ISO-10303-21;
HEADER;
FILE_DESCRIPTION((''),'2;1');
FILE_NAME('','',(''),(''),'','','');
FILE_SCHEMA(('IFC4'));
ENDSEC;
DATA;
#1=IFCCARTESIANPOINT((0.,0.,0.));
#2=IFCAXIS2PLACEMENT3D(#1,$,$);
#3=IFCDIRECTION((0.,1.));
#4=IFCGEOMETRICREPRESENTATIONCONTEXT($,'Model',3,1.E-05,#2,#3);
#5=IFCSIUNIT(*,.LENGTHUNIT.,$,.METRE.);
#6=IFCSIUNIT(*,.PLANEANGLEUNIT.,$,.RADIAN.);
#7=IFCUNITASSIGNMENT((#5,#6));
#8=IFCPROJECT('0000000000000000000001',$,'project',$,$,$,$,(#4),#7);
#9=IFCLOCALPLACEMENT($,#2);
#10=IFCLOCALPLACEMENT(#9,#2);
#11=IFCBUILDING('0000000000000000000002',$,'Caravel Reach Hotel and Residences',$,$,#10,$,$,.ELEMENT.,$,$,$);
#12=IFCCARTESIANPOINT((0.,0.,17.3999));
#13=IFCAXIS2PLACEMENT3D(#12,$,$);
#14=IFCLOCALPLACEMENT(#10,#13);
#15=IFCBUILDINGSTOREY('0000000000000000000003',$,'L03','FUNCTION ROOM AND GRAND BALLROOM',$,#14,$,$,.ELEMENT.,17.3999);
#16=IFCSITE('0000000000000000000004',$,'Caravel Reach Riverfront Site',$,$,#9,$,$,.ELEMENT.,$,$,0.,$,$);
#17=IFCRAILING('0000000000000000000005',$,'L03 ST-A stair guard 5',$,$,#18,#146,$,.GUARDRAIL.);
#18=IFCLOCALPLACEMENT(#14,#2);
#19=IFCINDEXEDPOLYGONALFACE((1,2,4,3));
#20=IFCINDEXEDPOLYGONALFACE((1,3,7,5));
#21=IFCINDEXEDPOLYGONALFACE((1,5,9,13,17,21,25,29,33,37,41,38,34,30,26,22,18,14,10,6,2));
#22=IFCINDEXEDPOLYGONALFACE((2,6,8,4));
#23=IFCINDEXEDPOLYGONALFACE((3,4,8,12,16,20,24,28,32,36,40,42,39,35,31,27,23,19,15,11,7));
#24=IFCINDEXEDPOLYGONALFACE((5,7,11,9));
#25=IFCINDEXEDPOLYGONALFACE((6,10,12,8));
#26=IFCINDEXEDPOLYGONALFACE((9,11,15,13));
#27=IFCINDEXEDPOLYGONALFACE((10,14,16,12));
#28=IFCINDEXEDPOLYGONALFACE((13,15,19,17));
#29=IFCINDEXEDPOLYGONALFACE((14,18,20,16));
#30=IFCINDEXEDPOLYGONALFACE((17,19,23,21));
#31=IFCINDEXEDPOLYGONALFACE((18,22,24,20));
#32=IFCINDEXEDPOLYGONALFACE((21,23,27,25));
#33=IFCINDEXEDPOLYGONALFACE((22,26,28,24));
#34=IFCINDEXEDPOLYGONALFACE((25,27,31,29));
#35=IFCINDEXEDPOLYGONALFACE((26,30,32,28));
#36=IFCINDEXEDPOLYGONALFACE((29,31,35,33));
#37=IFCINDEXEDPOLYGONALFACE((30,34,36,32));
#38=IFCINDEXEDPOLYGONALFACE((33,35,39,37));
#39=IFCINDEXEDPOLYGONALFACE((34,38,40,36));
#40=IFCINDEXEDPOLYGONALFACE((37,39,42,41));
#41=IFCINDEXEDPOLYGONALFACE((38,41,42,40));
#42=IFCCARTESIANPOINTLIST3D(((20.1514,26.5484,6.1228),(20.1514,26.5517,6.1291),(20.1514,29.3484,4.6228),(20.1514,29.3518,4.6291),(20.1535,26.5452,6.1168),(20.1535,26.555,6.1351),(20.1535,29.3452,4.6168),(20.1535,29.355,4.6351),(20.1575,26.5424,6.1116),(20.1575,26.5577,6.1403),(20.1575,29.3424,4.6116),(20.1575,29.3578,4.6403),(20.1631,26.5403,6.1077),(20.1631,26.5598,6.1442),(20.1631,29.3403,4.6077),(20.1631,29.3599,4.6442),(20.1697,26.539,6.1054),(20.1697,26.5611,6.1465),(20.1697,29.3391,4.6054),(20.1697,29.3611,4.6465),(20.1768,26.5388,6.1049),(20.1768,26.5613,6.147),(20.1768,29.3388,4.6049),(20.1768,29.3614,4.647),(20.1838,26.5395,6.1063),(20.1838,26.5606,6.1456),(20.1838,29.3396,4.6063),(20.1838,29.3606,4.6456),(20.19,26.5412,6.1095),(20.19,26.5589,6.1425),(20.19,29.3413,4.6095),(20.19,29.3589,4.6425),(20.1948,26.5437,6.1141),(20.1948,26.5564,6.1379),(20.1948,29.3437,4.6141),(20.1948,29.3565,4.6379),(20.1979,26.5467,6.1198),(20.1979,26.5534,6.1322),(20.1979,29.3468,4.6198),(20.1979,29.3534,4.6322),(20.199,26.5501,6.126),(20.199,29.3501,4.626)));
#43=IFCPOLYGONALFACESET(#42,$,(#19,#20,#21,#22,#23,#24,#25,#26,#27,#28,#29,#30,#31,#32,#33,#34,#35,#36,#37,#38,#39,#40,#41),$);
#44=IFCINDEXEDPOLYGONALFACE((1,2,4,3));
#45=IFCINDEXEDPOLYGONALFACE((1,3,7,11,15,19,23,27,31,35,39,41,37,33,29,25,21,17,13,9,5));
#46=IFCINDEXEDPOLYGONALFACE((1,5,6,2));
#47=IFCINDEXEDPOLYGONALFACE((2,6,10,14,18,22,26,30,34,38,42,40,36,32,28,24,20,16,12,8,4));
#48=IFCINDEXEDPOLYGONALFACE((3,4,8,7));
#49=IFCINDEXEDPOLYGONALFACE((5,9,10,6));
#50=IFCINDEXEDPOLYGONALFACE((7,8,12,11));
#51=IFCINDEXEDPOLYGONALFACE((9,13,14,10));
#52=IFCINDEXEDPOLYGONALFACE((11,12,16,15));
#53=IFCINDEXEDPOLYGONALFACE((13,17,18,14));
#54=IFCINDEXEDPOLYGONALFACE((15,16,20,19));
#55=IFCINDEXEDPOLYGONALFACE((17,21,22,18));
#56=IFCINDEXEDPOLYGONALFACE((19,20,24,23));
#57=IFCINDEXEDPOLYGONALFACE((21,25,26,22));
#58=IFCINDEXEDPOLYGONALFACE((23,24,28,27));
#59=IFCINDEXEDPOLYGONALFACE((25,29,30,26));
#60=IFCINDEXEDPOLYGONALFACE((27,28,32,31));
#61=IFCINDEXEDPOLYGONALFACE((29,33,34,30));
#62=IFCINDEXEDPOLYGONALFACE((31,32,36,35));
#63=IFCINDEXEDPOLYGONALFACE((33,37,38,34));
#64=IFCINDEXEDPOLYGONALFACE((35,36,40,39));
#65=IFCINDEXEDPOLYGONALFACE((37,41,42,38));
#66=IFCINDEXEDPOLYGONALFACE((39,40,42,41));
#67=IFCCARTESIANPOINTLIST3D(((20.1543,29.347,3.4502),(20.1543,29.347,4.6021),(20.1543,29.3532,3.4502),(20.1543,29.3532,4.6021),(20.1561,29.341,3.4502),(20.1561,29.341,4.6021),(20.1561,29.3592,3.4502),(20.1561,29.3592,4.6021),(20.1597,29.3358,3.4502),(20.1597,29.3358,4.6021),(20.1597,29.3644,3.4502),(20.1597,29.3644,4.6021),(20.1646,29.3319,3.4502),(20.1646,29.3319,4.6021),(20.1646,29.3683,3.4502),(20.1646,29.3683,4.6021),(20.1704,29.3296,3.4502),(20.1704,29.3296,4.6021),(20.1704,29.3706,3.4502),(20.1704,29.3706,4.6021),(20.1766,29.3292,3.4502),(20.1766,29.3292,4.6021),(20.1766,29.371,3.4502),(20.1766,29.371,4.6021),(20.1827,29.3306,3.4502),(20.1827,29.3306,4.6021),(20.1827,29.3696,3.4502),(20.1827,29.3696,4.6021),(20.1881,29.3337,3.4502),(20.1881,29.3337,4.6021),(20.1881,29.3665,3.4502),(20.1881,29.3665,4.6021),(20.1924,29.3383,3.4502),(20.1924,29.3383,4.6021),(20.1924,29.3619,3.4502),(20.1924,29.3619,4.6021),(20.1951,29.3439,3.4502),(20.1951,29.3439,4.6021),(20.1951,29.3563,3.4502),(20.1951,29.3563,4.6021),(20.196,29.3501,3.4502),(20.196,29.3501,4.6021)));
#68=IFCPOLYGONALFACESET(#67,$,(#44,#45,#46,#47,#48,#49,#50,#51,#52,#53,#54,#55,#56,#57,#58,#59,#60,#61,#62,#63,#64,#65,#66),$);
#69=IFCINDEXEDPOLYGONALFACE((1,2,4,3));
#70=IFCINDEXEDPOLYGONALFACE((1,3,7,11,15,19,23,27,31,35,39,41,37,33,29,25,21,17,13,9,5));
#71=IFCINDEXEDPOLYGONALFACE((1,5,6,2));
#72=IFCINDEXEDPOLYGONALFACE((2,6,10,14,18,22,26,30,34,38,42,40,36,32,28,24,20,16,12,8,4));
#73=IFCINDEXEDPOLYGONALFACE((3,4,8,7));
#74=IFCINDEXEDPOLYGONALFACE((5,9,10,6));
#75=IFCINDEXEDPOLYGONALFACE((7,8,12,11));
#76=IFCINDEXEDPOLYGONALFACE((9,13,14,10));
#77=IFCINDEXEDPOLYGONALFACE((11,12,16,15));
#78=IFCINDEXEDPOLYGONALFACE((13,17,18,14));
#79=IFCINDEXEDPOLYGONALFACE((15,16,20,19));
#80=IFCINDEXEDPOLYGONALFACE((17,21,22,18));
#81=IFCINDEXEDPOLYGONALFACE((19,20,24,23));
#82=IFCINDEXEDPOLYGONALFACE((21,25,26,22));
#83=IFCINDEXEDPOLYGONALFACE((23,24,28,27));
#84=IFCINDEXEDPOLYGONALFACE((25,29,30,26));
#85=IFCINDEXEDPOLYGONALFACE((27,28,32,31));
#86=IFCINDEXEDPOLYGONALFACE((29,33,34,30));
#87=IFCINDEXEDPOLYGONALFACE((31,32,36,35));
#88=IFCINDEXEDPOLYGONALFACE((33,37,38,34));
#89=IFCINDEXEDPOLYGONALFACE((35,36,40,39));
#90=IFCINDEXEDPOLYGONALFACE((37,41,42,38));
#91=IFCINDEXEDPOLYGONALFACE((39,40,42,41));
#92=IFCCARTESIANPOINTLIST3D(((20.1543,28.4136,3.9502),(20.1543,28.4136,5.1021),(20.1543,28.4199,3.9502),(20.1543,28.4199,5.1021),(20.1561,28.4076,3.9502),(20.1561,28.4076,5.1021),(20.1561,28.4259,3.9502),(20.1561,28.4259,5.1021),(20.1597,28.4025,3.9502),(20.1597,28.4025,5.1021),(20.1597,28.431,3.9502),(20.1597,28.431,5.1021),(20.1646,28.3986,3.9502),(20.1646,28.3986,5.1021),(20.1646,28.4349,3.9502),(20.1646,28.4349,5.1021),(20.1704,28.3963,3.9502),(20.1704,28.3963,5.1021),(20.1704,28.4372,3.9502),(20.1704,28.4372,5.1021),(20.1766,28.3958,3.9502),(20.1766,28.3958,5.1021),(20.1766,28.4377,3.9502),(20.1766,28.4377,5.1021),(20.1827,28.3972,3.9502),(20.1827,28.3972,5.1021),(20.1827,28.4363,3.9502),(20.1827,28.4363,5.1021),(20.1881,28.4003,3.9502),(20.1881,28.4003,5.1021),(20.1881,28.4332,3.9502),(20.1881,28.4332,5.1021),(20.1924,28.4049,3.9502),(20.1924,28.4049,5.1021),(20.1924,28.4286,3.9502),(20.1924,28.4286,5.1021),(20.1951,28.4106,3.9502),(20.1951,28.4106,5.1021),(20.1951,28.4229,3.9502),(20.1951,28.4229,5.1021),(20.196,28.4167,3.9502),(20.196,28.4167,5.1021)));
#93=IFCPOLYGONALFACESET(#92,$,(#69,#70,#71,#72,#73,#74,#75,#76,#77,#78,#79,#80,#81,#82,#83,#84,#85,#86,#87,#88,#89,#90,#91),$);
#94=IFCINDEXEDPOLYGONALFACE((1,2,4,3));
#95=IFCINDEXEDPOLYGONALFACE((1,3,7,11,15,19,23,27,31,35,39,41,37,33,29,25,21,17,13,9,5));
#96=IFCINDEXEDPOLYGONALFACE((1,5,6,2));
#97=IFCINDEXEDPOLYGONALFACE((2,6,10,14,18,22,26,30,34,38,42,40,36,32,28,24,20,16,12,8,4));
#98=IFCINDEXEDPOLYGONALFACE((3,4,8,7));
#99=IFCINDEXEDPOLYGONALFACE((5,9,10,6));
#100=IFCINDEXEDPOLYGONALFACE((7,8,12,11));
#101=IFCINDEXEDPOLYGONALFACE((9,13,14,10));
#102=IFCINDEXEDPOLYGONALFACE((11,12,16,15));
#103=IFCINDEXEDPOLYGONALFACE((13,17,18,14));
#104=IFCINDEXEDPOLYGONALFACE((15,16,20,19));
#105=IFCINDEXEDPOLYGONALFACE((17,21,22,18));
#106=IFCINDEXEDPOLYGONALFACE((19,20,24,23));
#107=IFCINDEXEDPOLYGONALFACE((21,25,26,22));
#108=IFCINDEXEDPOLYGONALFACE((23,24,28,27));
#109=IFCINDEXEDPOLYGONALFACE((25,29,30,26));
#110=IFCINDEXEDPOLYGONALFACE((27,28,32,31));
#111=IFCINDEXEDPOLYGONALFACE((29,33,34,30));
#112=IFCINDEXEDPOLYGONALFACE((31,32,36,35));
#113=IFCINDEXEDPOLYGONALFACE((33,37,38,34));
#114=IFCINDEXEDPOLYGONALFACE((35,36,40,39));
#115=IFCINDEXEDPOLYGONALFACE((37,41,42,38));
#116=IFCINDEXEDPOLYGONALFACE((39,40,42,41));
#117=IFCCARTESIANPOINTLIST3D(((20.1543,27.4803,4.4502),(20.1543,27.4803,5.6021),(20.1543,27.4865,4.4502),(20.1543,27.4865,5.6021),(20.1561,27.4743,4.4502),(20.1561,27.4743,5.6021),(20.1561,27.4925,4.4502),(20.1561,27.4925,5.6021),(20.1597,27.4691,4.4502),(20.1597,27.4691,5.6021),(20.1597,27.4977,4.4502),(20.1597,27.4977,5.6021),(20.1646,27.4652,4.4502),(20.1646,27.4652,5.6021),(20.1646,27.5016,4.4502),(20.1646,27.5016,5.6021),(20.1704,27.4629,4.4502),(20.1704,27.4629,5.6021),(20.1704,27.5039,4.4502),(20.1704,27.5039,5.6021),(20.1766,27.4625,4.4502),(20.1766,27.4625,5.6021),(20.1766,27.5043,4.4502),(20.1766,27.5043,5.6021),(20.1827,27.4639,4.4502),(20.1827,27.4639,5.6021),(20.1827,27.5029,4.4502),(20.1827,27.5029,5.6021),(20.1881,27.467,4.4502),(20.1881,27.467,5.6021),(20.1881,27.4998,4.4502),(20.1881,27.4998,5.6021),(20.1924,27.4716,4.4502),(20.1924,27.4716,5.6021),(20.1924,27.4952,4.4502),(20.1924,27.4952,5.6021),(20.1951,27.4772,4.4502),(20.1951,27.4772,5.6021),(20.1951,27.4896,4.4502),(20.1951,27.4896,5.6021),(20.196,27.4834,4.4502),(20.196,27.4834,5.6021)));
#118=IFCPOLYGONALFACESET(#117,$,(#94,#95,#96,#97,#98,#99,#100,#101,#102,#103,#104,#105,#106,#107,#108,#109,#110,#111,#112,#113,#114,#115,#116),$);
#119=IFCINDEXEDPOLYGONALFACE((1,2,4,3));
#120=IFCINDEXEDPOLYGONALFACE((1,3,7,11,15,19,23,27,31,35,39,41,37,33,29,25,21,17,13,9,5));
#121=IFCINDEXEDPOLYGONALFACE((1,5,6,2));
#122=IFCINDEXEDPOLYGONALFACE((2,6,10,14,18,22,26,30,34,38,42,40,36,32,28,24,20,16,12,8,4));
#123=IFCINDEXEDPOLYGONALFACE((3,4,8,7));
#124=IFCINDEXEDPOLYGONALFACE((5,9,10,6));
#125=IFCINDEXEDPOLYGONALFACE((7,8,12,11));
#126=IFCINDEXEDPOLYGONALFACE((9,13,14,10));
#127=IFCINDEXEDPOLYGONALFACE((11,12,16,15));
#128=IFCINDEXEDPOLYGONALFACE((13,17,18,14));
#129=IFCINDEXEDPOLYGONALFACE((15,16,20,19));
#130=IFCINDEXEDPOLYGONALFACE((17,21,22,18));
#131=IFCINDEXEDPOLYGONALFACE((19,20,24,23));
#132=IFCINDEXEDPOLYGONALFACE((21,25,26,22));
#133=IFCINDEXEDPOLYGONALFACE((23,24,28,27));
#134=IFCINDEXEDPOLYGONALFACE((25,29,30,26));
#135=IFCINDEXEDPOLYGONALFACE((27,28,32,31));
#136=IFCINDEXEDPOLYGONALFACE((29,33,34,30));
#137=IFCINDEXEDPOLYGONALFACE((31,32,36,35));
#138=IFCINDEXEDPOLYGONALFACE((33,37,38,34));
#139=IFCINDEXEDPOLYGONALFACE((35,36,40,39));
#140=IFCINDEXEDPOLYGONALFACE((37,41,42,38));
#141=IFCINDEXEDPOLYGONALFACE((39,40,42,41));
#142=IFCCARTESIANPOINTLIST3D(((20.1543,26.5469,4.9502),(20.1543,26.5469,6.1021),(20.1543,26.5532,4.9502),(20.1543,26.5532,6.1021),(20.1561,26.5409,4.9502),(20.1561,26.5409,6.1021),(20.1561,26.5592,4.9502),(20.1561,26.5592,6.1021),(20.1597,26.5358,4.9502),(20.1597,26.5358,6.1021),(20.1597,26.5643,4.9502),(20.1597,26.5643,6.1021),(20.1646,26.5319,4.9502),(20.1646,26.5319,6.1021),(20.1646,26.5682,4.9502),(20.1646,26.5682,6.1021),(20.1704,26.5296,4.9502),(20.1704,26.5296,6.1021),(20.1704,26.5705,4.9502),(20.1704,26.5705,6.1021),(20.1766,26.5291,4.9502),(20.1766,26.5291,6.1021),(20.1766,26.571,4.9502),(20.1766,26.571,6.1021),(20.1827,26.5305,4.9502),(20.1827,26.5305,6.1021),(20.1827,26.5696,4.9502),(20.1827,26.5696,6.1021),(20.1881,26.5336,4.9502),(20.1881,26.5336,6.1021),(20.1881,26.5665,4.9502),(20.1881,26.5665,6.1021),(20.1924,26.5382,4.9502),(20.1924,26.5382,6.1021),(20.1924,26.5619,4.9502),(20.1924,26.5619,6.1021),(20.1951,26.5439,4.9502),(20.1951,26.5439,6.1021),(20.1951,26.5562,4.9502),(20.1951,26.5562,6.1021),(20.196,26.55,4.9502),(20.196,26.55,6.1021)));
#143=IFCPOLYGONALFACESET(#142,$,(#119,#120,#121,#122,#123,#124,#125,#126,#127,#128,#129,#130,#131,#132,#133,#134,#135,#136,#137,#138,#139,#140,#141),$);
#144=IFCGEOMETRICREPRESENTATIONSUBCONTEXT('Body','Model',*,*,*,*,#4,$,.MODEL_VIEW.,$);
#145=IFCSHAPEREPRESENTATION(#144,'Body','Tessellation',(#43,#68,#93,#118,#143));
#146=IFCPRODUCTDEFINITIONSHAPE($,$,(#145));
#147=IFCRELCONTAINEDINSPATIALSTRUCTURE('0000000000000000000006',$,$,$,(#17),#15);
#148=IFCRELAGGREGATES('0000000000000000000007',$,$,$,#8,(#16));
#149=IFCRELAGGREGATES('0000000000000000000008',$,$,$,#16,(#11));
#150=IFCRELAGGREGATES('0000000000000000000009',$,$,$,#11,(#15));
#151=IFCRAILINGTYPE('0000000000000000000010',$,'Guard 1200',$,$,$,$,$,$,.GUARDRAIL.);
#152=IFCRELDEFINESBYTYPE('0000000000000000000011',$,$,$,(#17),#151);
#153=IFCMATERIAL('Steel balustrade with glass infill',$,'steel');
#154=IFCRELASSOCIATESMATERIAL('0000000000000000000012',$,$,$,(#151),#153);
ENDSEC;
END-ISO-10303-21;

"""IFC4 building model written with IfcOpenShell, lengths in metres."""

from ifc_helpers import new_model, si_unit, direction, frame, origin, origin_2d, place, context, subcontext, project, spatial, circle, extrude, material, type_object, element, save


model = new_model("IFC4")

# Units and contexts
model_context = context("Model", 3, precision=1e-05, world=origin(), true_north=direction((0.0, 1.0)))
body_context = subcontext(model_context, "Body", "Model", "MODEL_VIEW")
ifc_project = project(units=[si_unit("LENGTHUNIT", "METRE"), si_unit("PLANEANGLEUNIT", "RADIAN")], contexts=[model_context])

# Site, building, storey
site_placement = place(None, origin())
site = spatial("IfcSite", under=ifc_project, at=site_placement, Name="Caravel Reach Riverfront Site", CompositionType="ELEMENT", RefElevation=0.0)
building_placement = place(site_placement, origin())
building = spatial("IfcBuilding", under=site, at=building_placement, Name="Caravel Reach Hotel and Residences", CompositionType="ELEMENT")
storey_placement = place(building_placement, frame((0.0, 0.0, 17.3999)))
storey = spatial("IfcBuildingStorey", under=building, at=storey_placement, Name="L03", Description="FUNCTION ROOM AND GRAND BALLROOM", CompositionType="ELEMENT", Elevation=17.3999)

# Railing
ifc_material_1 = material(Name="Steel balustrade with glass infill", Category="steel")
railing_type_1 = type_object("IfcRailingType", Name="Guard 1200", PredefinedType="GUARDRAIL", material=ifc_material_1)
railing_1_placement = place(storey_placement, frame((20.175, 29.3501, 3.4502)))
element("IfcRailing", 1, at=railing_1_placement, inside=storey, type_object=railing_type_1, Name="L03 ST-A stair guard 5", PredefinedType="GUARDRAIL", context=body_context, shape_type="SweptSolid", body=[
    extrude(circle(Radius=0.0239, at=origin_2d()), frame((0.0, 0.0, 1.1758), z_axis=(0.0, -0.881483, 0.472215), x_axis=(1.0, 0.0, 0.0)), (0.0, 0.0, 1.0), 3.1765),
    extrude(circle(Radius=0.021, at=origin_2d()), origin(), (0.0, 0.0, 1.0), 1.1519),
    extrude(circle(Radius=0.021, at=origin_2d()), frame((0.0, -0.9333, 0.5)), (0.0, 0.0, 1.0), 1.1519),
    extrude(circle(Radius=0.021, at=origin_2d()), frame((0.0, -1.8667, 1.0)), (0.0, 0.0, 1.0), 1.1519),
    extrude(circle(Radius=0.021, at=origin_2d()), frame((0.0, -2.8, 1.5)), (0.0, 0.0, 1.0), 1.1519),
])

save(model, "model.ifc")
